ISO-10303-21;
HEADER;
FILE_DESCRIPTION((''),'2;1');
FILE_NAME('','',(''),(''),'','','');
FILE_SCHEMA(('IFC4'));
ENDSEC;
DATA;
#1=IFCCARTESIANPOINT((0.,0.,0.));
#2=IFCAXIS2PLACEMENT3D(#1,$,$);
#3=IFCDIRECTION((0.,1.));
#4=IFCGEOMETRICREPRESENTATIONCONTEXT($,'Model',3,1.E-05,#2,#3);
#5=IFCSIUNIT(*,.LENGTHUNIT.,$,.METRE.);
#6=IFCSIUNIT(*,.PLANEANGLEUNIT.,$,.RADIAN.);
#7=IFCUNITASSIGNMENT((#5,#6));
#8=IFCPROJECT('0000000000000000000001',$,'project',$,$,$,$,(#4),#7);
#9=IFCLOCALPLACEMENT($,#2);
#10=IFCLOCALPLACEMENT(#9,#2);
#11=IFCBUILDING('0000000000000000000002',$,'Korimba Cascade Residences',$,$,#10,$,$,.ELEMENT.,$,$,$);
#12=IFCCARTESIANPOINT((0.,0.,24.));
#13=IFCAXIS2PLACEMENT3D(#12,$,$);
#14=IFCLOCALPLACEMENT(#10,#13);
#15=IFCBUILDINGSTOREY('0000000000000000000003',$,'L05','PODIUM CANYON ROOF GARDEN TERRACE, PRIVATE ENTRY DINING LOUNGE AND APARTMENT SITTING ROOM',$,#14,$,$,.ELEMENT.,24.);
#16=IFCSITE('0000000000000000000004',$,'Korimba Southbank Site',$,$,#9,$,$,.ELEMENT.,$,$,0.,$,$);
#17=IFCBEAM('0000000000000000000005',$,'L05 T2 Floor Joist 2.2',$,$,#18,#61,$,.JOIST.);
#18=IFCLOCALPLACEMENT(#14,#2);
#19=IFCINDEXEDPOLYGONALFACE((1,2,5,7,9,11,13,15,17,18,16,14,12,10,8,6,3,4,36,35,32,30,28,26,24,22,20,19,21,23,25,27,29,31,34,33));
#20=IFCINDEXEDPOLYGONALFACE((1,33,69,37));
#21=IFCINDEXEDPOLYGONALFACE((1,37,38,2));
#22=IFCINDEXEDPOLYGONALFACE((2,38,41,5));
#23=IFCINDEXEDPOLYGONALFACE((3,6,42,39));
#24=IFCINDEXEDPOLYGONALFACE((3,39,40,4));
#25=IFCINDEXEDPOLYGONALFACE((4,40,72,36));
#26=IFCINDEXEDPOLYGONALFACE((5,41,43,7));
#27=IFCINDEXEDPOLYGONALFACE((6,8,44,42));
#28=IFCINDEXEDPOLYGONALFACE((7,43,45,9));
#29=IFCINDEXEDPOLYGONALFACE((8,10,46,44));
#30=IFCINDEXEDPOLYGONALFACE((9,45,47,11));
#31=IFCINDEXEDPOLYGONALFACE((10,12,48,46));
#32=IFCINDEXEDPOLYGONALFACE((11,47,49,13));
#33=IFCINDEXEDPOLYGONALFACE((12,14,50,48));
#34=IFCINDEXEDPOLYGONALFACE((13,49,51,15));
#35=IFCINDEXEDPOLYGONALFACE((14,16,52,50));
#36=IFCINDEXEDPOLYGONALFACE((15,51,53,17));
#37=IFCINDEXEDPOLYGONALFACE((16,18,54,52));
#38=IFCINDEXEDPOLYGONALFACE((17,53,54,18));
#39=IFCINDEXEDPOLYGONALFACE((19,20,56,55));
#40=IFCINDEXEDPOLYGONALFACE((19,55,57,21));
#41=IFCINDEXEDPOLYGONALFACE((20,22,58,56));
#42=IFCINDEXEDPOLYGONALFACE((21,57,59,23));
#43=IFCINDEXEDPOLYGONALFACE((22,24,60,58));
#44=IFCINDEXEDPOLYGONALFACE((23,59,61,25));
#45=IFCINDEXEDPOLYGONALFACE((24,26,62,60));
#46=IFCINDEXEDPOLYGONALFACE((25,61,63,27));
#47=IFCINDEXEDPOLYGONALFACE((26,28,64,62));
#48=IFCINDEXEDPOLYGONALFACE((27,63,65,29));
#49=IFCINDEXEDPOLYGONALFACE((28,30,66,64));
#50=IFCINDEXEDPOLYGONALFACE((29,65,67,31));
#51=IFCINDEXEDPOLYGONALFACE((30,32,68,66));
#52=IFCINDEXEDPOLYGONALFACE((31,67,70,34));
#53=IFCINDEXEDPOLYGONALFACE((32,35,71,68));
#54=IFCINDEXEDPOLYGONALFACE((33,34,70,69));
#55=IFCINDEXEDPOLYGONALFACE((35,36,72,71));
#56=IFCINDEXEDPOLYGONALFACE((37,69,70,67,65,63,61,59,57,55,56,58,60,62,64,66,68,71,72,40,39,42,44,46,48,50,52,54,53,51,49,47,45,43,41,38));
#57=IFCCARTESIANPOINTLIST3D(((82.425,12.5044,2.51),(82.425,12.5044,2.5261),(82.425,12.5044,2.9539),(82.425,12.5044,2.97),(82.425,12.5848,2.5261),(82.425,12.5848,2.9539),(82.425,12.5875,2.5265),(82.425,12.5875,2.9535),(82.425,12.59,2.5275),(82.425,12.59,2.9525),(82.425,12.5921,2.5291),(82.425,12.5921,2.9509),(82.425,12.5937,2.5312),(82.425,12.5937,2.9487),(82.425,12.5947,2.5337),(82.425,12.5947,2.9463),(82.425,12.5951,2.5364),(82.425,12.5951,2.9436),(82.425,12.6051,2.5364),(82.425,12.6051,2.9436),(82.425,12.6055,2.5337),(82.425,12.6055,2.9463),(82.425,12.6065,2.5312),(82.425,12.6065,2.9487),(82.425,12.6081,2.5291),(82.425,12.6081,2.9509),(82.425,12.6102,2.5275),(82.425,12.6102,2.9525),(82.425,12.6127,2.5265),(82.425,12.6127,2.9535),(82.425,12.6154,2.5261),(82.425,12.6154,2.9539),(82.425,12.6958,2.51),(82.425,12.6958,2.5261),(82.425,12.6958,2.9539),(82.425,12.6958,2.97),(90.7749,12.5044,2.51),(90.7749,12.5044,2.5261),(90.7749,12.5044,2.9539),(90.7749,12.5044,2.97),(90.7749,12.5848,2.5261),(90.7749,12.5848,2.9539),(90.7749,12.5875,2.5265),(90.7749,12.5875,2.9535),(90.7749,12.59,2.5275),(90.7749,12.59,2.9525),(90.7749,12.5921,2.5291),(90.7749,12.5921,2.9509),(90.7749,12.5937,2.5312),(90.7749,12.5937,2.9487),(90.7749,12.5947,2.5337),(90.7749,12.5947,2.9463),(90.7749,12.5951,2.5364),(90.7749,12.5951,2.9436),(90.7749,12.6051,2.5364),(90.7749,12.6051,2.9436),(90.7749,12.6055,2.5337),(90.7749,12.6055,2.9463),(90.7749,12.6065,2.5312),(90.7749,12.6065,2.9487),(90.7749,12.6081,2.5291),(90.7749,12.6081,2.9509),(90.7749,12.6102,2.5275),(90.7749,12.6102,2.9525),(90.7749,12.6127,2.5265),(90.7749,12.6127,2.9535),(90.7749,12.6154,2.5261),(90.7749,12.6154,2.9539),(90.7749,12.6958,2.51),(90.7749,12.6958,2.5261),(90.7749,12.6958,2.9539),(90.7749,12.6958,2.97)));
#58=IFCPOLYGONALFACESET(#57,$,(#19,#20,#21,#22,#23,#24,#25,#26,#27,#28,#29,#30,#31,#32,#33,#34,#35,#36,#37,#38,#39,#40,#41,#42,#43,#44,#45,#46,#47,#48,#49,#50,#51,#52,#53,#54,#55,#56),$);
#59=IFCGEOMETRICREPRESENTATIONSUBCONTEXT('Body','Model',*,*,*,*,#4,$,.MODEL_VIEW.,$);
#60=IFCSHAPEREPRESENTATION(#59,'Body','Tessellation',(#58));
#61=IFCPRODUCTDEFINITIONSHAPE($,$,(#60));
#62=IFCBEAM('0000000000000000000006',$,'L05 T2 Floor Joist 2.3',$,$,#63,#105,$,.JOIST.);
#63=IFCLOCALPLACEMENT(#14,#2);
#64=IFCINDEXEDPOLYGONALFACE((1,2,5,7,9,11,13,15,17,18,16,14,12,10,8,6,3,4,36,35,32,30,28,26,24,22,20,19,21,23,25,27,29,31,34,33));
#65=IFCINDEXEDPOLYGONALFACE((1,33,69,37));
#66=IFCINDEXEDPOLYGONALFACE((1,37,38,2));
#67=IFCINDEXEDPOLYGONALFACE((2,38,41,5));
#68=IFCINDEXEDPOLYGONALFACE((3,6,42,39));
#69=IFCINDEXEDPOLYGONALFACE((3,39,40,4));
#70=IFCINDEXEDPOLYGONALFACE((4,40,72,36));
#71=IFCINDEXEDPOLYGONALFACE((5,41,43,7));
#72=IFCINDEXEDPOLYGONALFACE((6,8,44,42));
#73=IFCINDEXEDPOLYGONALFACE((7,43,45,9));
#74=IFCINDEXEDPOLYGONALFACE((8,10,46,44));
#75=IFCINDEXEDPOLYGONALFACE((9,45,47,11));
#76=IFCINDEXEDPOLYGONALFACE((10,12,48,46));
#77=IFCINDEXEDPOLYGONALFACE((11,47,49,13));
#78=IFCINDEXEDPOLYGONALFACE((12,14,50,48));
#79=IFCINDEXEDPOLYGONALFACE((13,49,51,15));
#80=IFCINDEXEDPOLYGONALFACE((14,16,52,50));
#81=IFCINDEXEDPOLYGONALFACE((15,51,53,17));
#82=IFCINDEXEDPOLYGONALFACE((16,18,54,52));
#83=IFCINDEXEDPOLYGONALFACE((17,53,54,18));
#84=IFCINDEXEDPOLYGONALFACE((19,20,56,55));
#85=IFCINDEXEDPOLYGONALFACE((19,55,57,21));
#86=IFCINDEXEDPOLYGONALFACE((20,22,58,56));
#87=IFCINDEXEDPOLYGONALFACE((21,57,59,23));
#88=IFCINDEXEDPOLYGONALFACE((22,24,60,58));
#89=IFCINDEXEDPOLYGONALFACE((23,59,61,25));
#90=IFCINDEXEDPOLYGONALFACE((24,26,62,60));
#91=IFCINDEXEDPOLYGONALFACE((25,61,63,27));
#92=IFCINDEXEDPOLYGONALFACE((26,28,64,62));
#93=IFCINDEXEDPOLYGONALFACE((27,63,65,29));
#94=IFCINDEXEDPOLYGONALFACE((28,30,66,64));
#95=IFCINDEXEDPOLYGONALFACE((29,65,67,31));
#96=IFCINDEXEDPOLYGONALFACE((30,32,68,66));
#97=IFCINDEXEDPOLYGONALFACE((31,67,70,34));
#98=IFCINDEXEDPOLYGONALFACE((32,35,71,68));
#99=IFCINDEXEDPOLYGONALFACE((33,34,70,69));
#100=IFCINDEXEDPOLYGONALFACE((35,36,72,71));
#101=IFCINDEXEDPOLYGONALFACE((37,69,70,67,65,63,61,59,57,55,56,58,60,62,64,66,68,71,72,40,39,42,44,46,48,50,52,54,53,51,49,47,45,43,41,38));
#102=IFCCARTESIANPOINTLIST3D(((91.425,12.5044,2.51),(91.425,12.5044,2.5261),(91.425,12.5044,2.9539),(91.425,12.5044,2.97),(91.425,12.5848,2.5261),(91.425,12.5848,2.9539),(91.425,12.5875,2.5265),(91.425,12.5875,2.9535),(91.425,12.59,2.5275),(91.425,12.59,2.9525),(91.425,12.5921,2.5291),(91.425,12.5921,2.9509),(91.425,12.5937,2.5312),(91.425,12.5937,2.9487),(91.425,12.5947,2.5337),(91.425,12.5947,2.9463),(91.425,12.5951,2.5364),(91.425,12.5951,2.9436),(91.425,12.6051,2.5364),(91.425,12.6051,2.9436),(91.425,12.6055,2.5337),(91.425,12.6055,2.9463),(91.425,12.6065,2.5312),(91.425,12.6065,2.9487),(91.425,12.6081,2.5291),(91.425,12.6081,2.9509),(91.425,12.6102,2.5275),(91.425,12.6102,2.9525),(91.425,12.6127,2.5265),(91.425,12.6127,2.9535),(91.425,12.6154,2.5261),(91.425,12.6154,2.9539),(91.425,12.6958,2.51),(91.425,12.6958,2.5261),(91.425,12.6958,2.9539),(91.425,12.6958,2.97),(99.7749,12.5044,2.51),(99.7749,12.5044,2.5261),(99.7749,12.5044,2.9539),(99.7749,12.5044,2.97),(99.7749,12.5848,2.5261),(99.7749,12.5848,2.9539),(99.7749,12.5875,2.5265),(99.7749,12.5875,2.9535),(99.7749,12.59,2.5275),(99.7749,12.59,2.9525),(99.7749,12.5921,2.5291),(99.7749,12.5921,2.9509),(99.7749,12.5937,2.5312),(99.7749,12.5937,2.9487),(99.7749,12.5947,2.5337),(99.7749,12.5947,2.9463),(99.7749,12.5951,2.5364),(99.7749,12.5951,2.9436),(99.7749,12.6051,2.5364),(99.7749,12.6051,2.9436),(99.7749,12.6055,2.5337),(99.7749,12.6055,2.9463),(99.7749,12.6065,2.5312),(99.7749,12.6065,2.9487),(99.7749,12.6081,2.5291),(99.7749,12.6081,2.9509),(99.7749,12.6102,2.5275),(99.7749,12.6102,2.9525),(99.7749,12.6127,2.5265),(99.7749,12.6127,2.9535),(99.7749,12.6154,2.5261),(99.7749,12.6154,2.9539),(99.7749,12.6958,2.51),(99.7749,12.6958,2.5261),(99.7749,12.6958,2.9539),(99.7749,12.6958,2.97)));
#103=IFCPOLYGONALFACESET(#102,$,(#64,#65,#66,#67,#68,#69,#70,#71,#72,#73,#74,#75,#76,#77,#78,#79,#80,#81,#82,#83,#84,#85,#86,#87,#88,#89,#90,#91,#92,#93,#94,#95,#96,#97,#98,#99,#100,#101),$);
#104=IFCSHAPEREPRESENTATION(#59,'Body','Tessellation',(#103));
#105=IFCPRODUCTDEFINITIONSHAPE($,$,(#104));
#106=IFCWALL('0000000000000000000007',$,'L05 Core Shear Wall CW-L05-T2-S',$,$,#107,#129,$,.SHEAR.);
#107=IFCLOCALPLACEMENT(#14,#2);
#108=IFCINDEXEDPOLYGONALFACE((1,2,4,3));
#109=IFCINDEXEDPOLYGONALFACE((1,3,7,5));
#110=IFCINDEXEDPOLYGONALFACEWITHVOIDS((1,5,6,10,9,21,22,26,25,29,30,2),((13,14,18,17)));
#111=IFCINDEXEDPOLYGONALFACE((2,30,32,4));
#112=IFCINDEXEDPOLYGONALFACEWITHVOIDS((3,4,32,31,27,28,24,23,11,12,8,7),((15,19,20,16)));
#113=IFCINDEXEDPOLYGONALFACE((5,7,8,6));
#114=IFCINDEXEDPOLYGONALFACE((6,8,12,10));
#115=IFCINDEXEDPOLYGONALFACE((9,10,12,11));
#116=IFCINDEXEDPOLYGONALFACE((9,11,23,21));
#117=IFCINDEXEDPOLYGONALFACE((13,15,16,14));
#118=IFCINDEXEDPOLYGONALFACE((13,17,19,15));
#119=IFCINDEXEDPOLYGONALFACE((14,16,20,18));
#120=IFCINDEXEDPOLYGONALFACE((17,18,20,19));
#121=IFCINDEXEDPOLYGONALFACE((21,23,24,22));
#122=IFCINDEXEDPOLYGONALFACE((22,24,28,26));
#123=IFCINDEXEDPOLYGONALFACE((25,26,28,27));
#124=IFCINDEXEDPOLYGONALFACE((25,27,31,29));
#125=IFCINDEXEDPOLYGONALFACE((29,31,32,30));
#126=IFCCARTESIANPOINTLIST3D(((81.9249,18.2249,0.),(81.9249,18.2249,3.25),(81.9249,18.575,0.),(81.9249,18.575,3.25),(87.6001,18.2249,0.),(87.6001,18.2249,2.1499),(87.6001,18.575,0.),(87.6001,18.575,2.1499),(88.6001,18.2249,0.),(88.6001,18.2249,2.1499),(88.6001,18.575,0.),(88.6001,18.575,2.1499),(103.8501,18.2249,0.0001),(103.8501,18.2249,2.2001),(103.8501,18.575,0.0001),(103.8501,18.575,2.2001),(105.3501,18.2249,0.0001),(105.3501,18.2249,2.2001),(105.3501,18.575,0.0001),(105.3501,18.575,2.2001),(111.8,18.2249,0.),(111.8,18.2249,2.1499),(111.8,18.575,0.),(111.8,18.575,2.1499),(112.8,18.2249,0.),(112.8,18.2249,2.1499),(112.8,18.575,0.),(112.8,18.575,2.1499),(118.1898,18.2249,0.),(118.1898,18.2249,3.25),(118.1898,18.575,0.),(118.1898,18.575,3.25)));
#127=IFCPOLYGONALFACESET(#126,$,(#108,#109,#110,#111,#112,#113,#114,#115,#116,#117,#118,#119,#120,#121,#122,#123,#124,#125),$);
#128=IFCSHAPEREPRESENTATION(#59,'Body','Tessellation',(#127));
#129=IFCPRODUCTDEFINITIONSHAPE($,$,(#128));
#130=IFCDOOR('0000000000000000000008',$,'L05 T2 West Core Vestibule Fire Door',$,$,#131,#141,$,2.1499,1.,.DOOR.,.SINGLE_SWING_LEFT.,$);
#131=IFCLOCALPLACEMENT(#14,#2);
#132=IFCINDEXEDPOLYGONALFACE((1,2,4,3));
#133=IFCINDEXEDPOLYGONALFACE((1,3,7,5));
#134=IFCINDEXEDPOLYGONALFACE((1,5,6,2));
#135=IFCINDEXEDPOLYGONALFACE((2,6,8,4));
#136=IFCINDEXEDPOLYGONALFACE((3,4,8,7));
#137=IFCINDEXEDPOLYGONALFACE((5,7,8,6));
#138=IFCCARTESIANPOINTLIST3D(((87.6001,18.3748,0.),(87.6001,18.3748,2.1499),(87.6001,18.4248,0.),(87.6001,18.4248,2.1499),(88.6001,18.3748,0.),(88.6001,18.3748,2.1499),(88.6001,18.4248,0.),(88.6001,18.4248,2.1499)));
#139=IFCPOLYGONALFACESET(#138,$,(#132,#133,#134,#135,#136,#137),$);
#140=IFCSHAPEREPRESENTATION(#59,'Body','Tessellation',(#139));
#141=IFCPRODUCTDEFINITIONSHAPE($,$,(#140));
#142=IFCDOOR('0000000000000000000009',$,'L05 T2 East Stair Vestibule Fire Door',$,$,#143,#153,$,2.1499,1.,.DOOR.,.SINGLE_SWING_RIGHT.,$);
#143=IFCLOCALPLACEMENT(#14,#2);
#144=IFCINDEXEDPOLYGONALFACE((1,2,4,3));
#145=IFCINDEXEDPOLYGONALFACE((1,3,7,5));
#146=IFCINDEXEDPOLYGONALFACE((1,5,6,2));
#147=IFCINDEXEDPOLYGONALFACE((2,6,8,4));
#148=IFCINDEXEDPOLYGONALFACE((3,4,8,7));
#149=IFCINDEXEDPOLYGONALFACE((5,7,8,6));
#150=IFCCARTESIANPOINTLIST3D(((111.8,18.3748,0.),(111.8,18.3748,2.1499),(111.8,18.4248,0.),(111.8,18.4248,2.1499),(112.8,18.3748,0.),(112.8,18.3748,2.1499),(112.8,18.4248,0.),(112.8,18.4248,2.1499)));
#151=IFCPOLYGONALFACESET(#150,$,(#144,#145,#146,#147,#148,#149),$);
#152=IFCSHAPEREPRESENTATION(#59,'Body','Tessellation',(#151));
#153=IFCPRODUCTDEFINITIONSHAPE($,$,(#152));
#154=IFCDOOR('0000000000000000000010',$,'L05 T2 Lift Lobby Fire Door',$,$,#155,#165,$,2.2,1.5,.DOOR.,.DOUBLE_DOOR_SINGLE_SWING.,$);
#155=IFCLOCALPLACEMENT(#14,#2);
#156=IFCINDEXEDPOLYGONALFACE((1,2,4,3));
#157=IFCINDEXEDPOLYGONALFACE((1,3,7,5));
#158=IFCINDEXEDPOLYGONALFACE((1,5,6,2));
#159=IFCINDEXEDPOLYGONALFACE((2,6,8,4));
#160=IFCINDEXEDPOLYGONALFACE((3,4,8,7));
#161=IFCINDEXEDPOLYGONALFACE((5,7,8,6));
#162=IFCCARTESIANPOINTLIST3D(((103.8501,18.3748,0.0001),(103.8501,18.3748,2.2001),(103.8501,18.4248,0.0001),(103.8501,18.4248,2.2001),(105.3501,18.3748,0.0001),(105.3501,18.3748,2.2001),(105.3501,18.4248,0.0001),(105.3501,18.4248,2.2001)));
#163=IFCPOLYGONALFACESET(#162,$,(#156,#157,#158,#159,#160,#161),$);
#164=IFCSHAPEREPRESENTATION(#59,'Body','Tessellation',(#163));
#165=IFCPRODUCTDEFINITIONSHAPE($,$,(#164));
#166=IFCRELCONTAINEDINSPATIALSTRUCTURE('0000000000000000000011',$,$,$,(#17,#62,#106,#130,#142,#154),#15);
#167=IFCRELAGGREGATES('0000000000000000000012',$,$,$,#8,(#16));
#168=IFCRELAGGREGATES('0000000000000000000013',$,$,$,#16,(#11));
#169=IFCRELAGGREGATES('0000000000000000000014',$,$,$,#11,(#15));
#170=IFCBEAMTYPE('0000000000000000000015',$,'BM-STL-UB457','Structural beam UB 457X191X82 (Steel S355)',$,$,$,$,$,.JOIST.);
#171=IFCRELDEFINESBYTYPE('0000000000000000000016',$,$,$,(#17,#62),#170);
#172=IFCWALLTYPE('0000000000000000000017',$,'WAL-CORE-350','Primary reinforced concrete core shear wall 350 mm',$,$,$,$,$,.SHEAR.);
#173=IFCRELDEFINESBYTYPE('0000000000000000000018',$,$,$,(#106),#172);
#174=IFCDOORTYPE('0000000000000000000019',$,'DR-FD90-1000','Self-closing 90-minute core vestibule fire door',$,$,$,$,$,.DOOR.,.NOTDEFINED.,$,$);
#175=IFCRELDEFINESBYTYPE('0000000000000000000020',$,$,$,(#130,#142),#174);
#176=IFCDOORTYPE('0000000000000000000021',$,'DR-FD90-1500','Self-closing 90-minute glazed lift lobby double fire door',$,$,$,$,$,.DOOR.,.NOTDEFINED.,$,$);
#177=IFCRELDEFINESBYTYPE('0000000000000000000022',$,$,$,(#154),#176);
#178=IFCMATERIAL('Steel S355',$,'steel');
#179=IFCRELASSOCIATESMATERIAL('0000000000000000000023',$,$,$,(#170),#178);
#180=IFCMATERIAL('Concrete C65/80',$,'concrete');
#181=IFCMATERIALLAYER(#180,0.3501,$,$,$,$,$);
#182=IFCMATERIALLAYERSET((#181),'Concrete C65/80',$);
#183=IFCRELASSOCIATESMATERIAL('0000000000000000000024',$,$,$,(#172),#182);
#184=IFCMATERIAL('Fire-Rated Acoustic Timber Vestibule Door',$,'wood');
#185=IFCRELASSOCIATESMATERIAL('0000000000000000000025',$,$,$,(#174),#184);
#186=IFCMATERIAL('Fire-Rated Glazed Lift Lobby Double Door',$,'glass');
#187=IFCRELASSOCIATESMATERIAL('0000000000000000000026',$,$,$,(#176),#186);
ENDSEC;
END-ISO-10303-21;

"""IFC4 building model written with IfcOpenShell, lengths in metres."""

from ifc_helpers import new_model, si_unit, direction, frame, frame_2d, origin, origin_2d, place, context, subcontext, project, spatial, rectangle, i_section, extrude, material, layer, layer_set, material_profile, profile_set, type_object, element, fill, save


model = new_model("IFC4")

# Units and contexts
model_context = context("Model", 3, precision=1e-05, world=origin(), true_north=direction((0.0, 1.0)))
body_context = subcontext(model_context, "Body", "Model", "MODEL_VIEW")
ifc_project = project(units=[si_unit("LENGTHUNIT", "METRE"), si_unit("PLANEANGLEUNIT", "RADIAN")], contexts=[model_context])

# Site, building, storey
site_placement = place(None, origin())
site = spatial("IfcSite", under=ifc_project, at=site_placement, Name="Korimba Southbank Site", CompositionType="ELEMENT", RefElevation=0.0)
building_placement = place(site_placement, origin())
building = spatial("IfcBuilding", under=site, at=building_placement, Name="Korimba Cascade Residences", CompositionType="ELEMENT")
storey_placement = place(building_placement, frame((0.0, 0.0, 24.0)))
storey = spatial("IfcBuildingStorey", under=building, at=storey_placement, Name="L05", Description="PODIUM CANYON ROOF GARDEN TERRACE, PRIVATE ENTRY DINING LOUNGE AND APARTMENT SITTING ROOM", CompositionType="ELEMENT", Elevation=24.0)

# Shared definitions
ifc_material_1 = material(Name="Concrete C65/80", Category="concrete")

# Beams
ifc_material_2 = material(Name="Steel S355", Category="steel")
ifc_material_profile_1 = material_profile(ifc_material_2, i_section(OverallWidth=0.1914, OverallDepth=0.46, WebThickness=0.01, FlangeThickness=0.0161, FilletRadius=0.0103, at=origin_2d()), Name="Steel S355")
ifc_profile_set_1 = profile_set([ifc_material_profile_1], Name="Steel S355")
beam_type_1 = type_object("IfcBeamType", Name="BM-STL-UB457", Description="Structural beam UB 457X191X82 (Steel S355)", PredefinedType="JOIST", material=ifc_profile_set_1)
for number, where, z_axis, x_axis, name in (
    (1, (82.425, 12.6001, 2.74), (1.0, 0.0, 0.0), (0.0, 1.0, 0.0), "L05 T2 Floor Joist 2.2"),
    (2, (91.425, 12.6001, 2.74), (1.0, 0.0, 0.0), (0.0, 1.0, 0.0), "L05 T2 Floor Joist 2.3"),
):
    element("IfcBeam", number, at=place(storey_placement, frame(where, z_axis=z_axis, x_axis=x_axis)), inside=storey, type_object=beam_type_1, Name=name, PredefinedType="JOIST", context=body_context, shape_type="SweptSolid", body=[
        extrude(i_section(OverallWidth=0.1914, OverallDepth=0.46, WebThickness=0.01, FlangeThickness=0.0161, FilletRadius=0.0103, at=origin_2d()), origin(), (0.0, 0.0, 1.0), 8.3499),
    ])

# Wall, openings, doors
ifc_layer_1 = layer(ifc_material_1, 0.3501)
ifc_layer_set_1 = layer_set([ifc_layer_1], Name="Concrete C65/80")
wall_type_1 = type_object("IfcWallType", Name="WAL-CORE-350", Description="Primary reinforced concrete core shear wall 350 mm", PredefinedType="SHEAR", material=ifc_layer_set_1)
wall_1_placement = place(storey_placement, frame((81.925, 18.3999, 0.0), z_axis=(0.0, 0.0, 1.0), x_axis=(1.0, 0.0, 0.0)))
wall_1 = element("IfcWall", 3, at=wall_1_placement, inside=storey, type_object=wall_type_1, Name="L05 Core Shear Wall CW-L05-T2-S", PredefinedType="SHEAR", context=body_context, shape_type="SweptSolid", body=[
    extrude(rectangle(XDim=36.2649, YDim=0.3501, at=frame_2d((18.1323, 0.0))), origin(), (0.0, 0.0, 1.0), 3.25),
])
opening_1_placement = place(wall_1_placement, frame((5.675, 0.0, 0.0)))
opening_1 = element("IfcOpeningElement", 4, at=opening_1_placement, cuts=wall_1, PredefinedType="OPENING", context=body_context, shape_type="SweptSolid", body=[
    extrude(rectangle(XDim=1.0, YDim=2.1499, at=frame_2d((0.5, 1.075))), frame((0.0, 0.1851, 0.0), z_axis=(0.0, -1.0, 0.0), x_axis=(1.0, 0.0, 0.0)), (0.0, 0.0, 1.0), 0.3701),
])
opening_2_placement = place(wall_1_placement, frame((21.925, 0.0, 0.0)))
opening_2 = element("IfcOpeningElement", 5, at=opening_2_placement, cuts=wall_1, PredefinedType="OPENING", context=body_context, shape_type="SweptSolid", body=[
    extrude(rectangle(XDim=1.5, YDim=2.2, at=frame_2d((0.75, 1.1001))), frame((0.0, 0.1851, 0.0), z_axis=(0.0, -1.0, 0.0), x_axis=(1.0, 0.0, 0.0)), (0.0, 0.0, 1.0), 0.3701),
])
opening_3_placement = place(wall_1_placement, frame((29.875, 0.0, 0.0)))
opening_3 = element("IfcOpeningElement", 6, at=opening_3_placement, cuts=wall_1, PredefinedType="OPENING", context=body_context, shape_type="SweptSolid", body=[
    extrude(rectangle(XDim=1.0, YDim=2.1499, at=frame_2d((0.5, 1.075))), frame((0.0, 0.1851, 0.0), z_axis=(0.0, -1.0, 0.0), x_axis=(1.0, 0.0, 0.0)), (0.0, 0.0, 1.0), 0.3701),
])
ifc_material_3 = material(Name="Fire-Rated Acoustic Timber Vestibule Door", Category="wood")
door_type_1 = type_object("IfcDoorType", Name="DR-FD90-1000", Description="Self-closing 90-minute core vestibule fire door", OperationType="NOTDEFINED", PredefinedType="DOOR", material=ifc_material_3)
door_1_placement = place(opening_1_placement, origin())
door_1 = element("IfcDoor", 7, at=door_1_placement, inside=storey, type_object=door_type_1, Name="L05 T2 West Core Vestibule Fire Door", OperationType="SINGLE_SWING_LEFT", OverallHeight=2.1499, OverallWidth=1.0, PredefinedType="DOOR", context=body_context, shape_type="SweptSolid", body=[
    extrude(rectangle(XDim=1.0, YDim=2.1499, at=frame_2d((0.5, 1.075))), frame((0.0, 0.0249, 0.0), z_axis=(0.0, -1.0, 0.0), x_axis=(1.0, 0.0, 0.0)), (0.0, 0.0, 1.0), 0.05),
])
fill(opening_1, door_1)
door_2_placement = place(opening_3_placement, origin())
door_2 = element("IfcDoor", 8, at=door_2_placement, inside=storey, type_object=door_type_1, Name="L05 T2 East Stair Vestibule Fire Door", OperationType="SINGLE_SWING_RIGHT", OverallHeight=2.1499, OverallWidth=1.0, PredefinedType="DOOR", context=body_context, shape_type="SweptSolid", body=[
    extrude(rectangle(XDim=1.0, YDim=2.1499, at=frame_2d((0.5, 1.075))), frame((0.0, 0.0249, 0.0), z_axis=(0.0, -1.0, 0.0), x_axis=(1.0, 0.0, 0.0)), (0.0, 0.0, 1.0), 0.05),
])
fill(opening_3, door_2)
ifc_material_4 = material(Name="Fire-Rated Glazed Lift Lobby Double Door", Category="glass")
door_type_2 = type_object("IfcDoorType", Name="DR-FD90-1500", Description="Self-closing 90-minute glazed lift lobby double fire door", OperationType="NOTDEFINED", PredefinedType="DOOR", material=ifc_material_4)
door_3_placement = place(opening_2_placement, origin())
door_3 = element("IfcDoor", 9, at=door_3_placement, inside=storey, type_object=door_type_2, Name="L05 T2 Lift Lobby Fire Door", OperationType="DOUBLE_DOOR_SINGLE_SWING", OverallHeight=2.2, OverallWidth=1.5, PredefinedType="DOOR", context=body_context, shape_type="SweptSolid", body=[
    extrude(rectangle(XDim=1.5, YDim=2.2, at=frame_2d((0.75, 1.1001))), frame((0.0, 0.0249, 0.0), z_axis=(0.0, -1.0, 0.0), x_axis=(1.0, 0.0, 0.0)), (0.0, 0.0, 1.0), 0.05),
])
fill(opening_2, door_3)

save(model, "model.ifc")
